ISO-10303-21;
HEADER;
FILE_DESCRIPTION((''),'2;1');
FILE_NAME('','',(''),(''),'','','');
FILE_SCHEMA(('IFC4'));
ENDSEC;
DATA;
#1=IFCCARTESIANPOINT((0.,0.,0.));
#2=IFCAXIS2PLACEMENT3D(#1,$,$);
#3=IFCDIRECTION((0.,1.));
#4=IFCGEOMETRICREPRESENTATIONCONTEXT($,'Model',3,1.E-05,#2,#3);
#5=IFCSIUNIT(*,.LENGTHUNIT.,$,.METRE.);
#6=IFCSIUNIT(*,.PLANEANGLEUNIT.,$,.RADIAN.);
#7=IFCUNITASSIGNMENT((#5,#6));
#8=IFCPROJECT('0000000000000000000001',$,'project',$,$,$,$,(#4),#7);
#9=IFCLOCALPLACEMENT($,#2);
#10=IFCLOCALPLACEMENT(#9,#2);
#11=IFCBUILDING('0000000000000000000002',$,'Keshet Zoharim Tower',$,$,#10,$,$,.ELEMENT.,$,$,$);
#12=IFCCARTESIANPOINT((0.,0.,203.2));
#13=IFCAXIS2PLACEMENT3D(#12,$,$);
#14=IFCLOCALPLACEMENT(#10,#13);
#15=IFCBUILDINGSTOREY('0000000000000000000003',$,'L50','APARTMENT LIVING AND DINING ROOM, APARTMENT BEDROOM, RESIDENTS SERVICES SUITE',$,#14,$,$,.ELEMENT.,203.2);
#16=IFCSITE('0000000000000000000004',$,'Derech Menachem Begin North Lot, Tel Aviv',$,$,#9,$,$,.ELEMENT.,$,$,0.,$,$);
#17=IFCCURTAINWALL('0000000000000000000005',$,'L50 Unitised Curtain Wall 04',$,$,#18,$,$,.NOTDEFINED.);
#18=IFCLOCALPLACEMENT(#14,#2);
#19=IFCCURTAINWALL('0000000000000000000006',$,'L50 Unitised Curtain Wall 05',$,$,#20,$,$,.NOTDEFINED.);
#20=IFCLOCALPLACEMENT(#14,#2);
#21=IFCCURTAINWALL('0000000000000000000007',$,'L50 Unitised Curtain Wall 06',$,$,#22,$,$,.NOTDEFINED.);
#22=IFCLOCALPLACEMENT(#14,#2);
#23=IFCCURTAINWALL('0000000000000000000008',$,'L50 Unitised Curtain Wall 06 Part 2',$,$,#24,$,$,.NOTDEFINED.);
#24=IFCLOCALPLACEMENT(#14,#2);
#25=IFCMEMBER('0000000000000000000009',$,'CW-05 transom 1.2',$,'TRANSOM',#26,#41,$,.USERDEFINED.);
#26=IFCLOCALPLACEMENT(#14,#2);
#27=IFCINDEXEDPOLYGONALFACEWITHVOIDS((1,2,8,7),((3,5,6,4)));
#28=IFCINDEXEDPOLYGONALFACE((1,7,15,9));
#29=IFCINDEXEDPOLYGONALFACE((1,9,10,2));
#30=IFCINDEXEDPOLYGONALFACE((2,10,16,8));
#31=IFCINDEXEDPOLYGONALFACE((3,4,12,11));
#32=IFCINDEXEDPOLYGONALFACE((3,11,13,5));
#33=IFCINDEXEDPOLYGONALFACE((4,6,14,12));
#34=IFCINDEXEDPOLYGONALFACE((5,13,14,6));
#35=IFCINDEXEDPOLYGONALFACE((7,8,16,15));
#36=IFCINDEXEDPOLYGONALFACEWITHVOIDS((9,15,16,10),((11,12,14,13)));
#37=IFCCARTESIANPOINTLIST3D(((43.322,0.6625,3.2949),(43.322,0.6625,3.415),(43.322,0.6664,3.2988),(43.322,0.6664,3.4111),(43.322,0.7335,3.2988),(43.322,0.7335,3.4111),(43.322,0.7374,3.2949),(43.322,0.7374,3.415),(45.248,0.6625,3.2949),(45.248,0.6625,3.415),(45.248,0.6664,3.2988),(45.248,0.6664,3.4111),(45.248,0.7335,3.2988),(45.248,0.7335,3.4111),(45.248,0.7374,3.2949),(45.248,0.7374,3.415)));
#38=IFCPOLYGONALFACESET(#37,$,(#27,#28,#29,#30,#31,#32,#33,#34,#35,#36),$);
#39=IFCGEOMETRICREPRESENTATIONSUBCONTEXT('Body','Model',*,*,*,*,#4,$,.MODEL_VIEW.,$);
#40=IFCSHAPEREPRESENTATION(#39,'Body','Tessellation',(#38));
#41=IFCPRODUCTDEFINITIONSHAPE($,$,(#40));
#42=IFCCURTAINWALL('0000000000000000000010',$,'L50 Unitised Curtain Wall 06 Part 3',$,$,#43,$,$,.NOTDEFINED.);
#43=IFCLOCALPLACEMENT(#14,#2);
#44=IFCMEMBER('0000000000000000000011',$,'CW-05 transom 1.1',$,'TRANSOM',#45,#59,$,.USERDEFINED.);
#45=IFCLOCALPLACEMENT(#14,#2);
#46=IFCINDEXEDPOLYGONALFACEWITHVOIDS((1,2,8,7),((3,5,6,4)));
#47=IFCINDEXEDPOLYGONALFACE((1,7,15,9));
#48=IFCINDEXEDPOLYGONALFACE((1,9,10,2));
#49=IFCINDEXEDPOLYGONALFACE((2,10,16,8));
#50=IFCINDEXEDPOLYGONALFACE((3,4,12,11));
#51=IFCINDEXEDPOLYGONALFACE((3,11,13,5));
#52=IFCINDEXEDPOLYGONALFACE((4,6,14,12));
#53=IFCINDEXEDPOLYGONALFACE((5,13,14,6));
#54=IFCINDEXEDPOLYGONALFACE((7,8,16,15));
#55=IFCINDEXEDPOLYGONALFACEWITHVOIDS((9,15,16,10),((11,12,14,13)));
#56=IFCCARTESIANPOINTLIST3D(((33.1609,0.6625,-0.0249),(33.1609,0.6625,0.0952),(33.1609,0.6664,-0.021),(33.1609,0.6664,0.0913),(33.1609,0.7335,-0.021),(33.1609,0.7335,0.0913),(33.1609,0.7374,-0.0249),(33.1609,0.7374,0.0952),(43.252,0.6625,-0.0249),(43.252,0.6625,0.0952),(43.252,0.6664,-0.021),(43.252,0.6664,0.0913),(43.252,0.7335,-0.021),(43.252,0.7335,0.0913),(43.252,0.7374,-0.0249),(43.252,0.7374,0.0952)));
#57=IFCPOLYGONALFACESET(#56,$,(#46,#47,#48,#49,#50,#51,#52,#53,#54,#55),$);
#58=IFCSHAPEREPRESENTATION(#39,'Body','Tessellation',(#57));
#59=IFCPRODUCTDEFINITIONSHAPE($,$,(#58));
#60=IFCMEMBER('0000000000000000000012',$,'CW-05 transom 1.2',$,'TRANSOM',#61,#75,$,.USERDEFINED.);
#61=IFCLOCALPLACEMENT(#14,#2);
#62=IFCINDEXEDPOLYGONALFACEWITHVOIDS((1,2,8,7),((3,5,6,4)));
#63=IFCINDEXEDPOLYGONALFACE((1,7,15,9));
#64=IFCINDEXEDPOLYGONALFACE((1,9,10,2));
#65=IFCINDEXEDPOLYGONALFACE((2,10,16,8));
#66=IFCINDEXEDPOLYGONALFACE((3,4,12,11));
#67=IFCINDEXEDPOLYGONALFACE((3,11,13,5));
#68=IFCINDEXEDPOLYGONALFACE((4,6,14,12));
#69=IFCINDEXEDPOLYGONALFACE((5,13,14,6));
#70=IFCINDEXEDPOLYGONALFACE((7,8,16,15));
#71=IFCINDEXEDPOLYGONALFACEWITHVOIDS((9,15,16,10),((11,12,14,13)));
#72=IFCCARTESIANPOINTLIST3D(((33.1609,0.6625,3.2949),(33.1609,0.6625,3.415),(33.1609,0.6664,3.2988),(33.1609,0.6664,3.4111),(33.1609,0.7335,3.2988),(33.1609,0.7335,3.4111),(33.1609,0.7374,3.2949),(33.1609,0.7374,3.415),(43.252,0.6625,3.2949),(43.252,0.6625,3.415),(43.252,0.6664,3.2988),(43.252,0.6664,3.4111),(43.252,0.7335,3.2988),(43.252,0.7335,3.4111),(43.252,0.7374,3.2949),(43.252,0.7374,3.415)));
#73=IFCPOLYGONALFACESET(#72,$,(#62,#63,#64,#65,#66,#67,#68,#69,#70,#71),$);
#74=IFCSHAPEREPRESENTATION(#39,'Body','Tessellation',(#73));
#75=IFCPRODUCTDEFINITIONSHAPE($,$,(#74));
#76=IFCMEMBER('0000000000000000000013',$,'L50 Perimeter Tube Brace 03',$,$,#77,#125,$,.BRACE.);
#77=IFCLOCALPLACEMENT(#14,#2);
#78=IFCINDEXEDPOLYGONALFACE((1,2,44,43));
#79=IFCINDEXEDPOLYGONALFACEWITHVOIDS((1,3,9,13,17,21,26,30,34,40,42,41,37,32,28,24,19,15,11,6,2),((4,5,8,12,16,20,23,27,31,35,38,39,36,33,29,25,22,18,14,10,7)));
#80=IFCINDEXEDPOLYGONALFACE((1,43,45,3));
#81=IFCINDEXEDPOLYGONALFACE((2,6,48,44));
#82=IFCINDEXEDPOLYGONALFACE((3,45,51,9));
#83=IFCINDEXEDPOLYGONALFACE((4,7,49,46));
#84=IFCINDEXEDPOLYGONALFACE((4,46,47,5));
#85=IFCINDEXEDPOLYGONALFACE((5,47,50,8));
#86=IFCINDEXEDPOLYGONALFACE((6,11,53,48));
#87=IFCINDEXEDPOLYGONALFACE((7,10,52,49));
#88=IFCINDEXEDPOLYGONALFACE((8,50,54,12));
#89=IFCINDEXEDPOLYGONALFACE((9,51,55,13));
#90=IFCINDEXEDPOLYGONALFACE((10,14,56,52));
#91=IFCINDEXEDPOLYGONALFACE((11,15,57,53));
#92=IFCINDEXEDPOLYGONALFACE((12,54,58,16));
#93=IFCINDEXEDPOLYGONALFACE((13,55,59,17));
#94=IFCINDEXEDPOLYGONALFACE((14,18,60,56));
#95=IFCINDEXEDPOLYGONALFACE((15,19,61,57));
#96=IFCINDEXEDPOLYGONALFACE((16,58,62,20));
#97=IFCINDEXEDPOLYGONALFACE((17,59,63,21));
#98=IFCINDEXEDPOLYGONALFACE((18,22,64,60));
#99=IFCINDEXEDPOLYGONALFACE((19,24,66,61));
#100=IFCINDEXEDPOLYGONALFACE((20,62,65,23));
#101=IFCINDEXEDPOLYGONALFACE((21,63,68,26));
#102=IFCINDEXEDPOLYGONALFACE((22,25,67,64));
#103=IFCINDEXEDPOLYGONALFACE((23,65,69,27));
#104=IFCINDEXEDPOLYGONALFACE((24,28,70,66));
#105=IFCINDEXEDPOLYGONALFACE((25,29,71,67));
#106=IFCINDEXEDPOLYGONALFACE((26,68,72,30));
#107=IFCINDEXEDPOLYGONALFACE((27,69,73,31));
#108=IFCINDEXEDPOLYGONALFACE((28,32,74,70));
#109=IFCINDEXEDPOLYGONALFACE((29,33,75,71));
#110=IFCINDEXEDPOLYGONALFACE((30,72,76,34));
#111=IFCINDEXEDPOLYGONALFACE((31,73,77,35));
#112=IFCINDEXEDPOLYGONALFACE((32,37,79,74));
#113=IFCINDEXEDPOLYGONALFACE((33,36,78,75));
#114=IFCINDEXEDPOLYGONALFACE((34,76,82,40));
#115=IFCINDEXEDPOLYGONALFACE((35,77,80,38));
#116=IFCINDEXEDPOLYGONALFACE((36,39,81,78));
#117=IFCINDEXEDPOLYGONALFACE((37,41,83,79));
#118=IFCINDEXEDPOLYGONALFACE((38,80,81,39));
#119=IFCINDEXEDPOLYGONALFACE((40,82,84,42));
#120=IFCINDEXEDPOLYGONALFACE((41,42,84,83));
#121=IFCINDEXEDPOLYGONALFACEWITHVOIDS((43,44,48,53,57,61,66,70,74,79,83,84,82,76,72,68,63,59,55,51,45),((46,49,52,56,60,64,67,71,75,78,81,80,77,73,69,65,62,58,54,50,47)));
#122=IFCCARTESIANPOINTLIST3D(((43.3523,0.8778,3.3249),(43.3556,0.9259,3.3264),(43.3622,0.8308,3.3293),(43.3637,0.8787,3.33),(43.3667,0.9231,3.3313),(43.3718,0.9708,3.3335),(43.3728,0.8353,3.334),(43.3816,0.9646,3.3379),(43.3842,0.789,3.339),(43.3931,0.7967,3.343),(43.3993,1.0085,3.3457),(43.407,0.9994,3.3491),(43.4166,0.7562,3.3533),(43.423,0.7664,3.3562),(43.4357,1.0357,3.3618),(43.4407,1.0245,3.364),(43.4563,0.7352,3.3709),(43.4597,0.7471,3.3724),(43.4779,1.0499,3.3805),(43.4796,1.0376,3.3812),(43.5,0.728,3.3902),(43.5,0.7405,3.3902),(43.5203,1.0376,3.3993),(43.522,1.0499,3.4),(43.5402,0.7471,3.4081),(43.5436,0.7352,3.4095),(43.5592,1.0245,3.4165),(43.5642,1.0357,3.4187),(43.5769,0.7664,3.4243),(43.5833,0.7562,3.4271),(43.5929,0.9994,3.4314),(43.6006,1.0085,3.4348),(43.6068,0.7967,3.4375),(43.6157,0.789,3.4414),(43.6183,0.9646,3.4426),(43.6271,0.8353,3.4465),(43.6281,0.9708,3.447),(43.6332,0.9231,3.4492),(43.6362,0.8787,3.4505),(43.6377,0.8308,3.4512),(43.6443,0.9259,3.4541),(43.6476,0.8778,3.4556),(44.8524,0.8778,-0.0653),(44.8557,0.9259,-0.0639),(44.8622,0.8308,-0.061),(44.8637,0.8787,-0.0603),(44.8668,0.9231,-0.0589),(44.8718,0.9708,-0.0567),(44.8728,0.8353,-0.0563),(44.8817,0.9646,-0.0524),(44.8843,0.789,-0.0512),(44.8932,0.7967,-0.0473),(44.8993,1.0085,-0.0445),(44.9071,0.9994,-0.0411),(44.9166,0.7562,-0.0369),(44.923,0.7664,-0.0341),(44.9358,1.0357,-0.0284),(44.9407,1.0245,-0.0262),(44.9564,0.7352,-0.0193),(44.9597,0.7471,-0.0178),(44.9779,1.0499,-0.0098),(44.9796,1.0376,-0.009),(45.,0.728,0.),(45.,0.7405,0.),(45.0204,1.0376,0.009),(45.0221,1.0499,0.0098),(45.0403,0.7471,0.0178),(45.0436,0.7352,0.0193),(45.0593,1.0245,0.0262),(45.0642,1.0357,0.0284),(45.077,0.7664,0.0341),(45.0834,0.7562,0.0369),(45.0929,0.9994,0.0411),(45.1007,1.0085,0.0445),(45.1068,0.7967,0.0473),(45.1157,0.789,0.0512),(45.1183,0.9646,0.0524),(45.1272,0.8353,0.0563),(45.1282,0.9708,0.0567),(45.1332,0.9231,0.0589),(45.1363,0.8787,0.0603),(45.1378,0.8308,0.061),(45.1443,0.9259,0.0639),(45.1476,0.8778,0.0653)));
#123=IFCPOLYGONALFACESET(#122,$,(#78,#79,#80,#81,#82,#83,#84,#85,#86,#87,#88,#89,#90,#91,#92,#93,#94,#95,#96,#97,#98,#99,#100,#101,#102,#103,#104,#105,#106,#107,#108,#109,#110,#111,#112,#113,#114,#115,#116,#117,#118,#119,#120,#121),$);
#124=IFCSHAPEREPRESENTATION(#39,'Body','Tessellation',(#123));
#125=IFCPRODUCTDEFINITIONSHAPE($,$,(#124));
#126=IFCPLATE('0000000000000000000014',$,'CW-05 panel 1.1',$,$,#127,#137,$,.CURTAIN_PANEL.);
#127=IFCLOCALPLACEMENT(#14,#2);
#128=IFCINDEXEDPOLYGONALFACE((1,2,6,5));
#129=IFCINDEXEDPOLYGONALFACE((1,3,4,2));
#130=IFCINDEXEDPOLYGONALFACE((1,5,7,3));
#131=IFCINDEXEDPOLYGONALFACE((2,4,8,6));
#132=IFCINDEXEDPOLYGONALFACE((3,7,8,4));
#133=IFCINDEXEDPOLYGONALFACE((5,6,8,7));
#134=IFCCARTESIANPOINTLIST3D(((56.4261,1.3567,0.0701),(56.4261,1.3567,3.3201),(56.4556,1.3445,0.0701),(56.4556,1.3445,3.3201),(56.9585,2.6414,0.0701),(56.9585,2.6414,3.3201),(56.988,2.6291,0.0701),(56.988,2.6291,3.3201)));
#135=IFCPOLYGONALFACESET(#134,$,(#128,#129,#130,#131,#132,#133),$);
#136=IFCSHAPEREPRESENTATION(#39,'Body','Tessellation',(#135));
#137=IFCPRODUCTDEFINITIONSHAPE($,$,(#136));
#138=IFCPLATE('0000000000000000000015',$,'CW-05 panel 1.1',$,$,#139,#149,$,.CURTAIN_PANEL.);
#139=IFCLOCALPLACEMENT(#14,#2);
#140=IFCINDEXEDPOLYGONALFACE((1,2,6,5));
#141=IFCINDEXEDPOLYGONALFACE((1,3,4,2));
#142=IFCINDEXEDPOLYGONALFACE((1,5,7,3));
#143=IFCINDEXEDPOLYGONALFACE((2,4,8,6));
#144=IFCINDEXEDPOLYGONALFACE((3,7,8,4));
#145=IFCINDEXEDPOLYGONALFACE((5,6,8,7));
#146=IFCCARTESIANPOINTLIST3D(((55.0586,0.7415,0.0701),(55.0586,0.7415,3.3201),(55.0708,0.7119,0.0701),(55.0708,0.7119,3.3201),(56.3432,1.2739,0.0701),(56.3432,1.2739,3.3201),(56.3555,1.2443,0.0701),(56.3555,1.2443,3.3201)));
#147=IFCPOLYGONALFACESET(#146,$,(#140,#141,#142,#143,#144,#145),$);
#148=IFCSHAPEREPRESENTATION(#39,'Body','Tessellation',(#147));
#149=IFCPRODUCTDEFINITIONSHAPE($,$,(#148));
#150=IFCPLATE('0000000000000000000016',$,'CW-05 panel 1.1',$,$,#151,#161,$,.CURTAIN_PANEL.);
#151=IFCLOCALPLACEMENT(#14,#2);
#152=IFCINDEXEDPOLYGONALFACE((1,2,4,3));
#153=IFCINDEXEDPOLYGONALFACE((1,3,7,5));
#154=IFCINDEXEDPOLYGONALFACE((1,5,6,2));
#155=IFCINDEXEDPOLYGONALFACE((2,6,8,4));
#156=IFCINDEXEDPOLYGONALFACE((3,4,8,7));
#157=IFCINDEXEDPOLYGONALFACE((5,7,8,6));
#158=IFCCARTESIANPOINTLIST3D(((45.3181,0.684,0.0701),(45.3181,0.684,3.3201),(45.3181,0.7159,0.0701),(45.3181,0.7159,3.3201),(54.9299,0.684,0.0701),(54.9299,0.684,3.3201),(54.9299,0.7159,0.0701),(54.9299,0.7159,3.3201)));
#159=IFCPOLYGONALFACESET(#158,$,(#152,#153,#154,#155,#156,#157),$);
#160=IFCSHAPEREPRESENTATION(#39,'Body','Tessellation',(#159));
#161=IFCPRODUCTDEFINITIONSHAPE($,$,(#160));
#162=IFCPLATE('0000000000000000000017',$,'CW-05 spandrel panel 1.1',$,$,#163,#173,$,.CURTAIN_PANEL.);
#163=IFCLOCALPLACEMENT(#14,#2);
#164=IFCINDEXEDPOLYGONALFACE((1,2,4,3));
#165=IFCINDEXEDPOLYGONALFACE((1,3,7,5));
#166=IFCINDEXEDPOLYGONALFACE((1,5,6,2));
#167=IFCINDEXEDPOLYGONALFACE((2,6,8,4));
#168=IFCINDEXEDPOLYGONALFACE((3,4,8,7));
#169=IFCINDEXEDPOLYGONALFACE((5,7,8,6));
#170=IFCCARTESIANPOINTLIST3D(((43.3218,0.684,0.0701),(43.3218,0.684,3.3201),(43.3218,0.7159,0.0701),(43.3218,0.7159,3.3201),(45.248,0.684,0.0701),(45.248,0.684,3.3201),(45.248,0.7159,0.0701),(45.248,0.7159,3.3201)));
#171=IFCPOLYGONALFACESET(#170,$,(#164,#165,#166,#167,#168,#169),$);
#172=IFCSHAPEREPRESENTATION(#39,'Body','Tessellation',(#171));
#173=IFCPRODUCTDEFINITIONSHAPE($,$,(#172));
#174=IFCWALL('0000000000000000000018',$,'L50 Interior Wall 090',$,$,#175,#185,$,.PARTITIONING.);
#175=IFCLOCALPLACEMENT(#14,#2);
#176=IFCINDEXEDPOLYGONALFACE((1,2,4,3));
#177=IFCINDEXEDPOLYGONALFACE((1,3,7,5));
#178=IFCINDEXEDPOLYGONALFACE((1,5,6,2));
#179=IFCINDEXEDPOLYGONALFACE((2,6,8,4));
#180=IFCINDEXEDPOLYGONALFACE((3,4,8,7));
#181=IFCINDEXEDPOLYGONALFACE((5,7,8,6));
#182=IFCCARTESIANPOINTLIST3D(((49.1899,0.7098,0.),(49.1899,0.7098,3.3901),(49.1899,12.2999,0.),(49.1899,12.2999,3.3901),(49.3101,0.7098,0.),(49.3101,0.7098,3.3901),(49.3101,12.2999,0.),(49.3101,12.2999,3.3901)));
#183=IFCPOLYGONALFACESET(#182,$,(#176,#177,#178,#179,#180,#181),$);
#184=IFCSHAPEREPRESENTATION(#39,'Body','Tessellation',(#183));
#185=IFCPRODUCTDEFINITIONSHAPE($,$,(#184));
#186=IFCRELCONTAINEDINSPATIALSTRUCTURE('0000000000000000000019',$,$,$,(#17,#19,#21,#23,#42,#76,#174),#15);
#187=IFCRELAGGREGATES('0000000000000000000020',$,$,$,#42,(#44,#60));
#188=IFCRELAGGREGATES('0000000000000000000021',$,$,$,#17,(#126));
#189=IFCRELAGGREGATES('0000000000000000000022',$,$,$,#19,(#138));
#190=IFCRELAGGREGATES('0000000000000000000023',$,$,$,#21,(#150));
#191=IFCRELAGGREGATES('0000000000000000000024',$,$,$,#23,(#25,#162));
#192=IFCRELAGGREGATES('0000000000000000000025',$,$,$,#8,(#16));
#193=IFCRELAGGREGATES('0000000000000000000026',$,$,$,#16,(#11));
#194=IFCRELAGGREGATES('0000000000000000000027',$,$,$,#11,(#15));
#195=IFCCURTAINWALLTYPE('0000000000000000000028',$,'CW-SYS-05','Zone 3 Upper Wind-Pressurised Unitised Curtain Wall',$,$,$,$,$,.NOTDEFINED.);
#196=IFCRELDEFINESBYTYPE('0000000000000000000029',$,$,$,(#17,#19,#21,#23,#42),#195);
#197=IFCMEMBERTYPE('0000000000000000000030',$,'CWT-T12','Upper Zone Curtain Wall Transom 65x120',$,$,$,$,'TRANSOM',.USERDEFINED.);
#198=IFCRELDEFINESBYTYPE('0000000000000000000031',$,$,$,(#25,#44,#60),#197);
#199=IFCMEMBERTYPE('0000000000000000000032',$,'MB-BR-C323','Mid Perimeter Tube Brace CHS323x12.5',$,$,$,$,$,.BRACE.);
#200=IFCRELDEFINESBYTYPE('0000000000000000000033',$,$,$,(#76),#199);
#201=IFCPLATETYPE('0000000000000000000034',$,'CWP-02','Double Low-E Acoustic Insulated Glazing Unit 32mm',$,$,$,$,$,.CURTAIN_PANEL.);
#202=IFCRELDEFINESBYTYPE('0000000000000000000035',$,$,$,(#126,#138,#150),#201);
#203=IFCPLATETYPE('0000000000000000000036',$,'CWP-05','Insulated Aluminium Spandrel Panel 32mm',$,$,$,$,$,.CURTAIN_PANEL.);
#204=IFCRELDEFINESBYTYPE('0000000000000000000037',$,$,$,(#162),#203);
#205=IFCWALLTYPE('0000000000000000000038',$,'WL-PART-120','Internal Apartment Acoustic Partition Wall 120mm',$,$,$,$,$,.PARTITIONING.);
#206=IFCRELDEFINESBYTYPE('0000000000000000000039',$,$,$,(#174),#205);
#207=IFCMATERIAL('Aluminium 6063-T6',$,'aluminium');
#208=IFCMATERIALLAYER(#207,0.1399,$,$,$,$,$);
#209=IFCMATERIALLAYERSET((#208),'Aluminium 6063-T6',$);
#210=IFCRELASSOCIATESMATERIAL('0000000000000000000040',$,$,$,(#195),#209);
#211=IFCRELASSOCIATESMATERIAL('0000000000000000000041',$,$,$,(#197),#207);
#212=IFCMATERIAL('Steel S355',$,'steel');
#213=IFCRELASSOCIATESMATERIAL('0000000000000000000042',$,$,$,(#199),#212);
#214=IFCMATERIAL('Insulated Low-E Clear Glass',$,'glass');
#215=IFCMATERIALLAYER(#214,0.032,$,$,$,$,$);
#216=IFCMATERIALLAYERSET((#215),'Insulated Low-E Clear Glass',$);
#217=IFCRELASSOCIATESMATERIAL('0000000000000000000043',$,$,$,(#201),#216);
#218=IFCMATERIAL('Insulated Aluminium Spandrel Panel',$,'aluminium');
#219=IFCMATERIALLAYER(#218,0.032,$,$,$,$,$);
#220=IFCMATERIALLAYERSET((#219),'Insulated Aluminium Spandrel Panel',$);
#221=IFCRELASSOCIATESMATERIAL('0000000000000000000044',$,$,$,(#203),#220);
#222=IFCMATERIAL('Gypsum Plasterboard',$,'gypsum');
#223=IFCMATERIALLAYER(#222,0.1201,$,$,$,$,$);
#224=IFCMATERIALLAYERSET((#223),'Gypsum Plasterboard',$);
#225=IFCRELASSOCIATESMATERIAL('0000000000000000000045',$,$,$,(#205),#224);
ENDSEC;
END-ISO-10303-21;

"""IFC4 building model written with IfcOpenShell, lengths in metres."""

from ifc_helpers import new_model, si_unit, direction, frame, frame_2d, origin, origin_2d, place, context, subcontext, project, spatial, rectangle, hollow_rectangle, hollow_circle, extrude, material, layer, layer_set, material_profile, profile_set, type_object, element, aggregate, save


model = new_model("IFC4")

# Units and contexts
model_context = context("Model", 3, precision=1e-05, world=origin(), true_north=direction((0.0, 1.0)))
body_context = subcontext(model_context, "Body", "Model", "MODEL_VIEW")
ifc_project = project(units=[si_unit("LENGTHUNIT", "METRE"), si_unit("PLANEANGLEUNIT", "RADIAN")], contexts=[model_context])

# Site, building, storey
site_placement = place(None, origin())
site = spatial("IfcSite", under=ifc_project, at=site_placement, Name="Derech Menachem Begin North Lot, Tel Aviv", CompositionType="ELEMENT", RefElevation=0.0)
building_placement = place(site_placement, origin())
building = spatial("IfcBuilding", under=site, at=building_placement, Name="Keshet Zoharim Tower", CompositionType="ELEMENT")
storey_placement = place(building_placement, frame((0.0, 0.0, 203.2)))
storey = spatial("IfcBuildingStorey", under=building, at=storey_placement, Name="L50", Description="APARTMENT LIVING AND DINING ROOM, APARTMENT BEDROOM, RESIDENTS SERVICES SUITE", CompositionType="ELEMENT", Elevation=203.2)

# Shared definitions
ifc_material_1 = material(Name="Steel S355", Category="steel")

# Curtain walls
ifc_material_2 = material(Name="Aluminium 6063-T6", Category="aluminium")
ifc_layer_1 = layer(ifc_material_2, 0.1399)
ifc_layer_set_1 = layer_set([ifc_layer_1], Name="Aluminium 6063-T6")
curtain_wall_type = type_object("IfcCurtainWallType", Name="CW-SYS-05", Description="Zone 3 Upper Wind-Pressurised Unitised Curtain Wall", PredefinedType="NOTDEFINED", material=ifc_layer_set_1)
curtain_wall_1_placement = place(storey_placement, origin())
curtain_wall_1 = element("IfcCurtainWall", 1, at=curtain_wall_1_placement, inside=storey, type_object=curtain_wall_type, Name="L50 Unitised Curtain Wall 04", PredefinedType="NOTDEFINED")
curtain_wall_2_placement = place(storey_placement, origin())
curtain_wall_2 = element("IfcCurtainWall", 2, at=curtain_wall_2_placement, inside=storey, type_object=curtain_wall_type, Name="L50 Unitised Curtain Wall 05", PredefinedType="NOTDEFINED")
curtain_wall_3_placement = place(storey_placement, origin())
curtain_wall_3 = element("IfcCurtainWall", 3, at=curtain_wall_3_placement, inside=storey, type_object=curtain_wall_type, Name="L50 Unitised Curtain Wall 06", PredefinedType="NOTDEFINED")

# Curtain wall
curtain_wall_4_placement = place(storey_placement, origin())
curtain_wall_4 = element("IfcCurtainWall", 4, at=curtain_wall_4_placement, inside=storey, type_object=curtain_wall_type, Name="L50 Unitised Curtain Wall 06 Part 2", PredefinedType="NOTDEFINED")

# Member
ifc_material_profile_1 = material_profile(ifc_material_2, hollow_rectangle(XDim=0.075, YDim=0.1201, WallThickness=0.0039, at=origin_2d()), Name="TRN-75x120")
ifc_profile_set_1 = profile_set([ifc_material_profile_1], Name="Aluminium 6063-T6")
member_type_1 = type_object("IfcMemberType", Name="CWT-T12", Description="Upper Zone Curtain Wall Transom 65x120", ElementType="TRANSOM", PredefinedType="USERDEFINED", material=ifc_profile_set_1)
member_1_placement = place(storey_placement, frame((45.248, 0.7, 3.355), z_axis=(-1.0, 0.0, 0.0), x_axis=(0.0, -1.0, 0.0)))
member_1 = element("IfcMember", 5, at=member_1_placement, type_object=member_type_1, Name="CW-05 transom 1.2", ObjectType="TRANSOM", PredefinedType="USERDEFINED", context=body_context, shape_type="SweptSolid", body=[
    extrude(hollow_rectangle(XDim=0.075, YDim=0.1201, WallThickness=0.0039, at=origin_2d()), origin(), (0.0, 0.0, 1.0), 1.926),
])

# Curtain wall, members
curtain_wall_5_placement = place(storey_placement, origin())
curtain_wall_5 = element("IfcCurtainWall", 6, at=curtain_wall_5_placement, inside=storey, type_object=curtain_wall_type, Name="L50 Unitised Curtain Wall 06 Part 3", PredefinedType="NOTDEFINED")
member_2_placement = place(storey_placement, frame((43.252, 0.7, 0.0352), z_axis=(-1.0, 0.0, 0.0), x_axis=(0.0, -1.0, 0.0)))
member_2 = element("IfcMember", 7, at=member_2_placement, type_object=member_type_1, Name="CW-05 transom 1.1", ObjectType="TRANSOM", PredefinedType="USERDEFINED", context=body_context, shape_type="SweptSolid", body=[
    extrude(hollow_rectangle(XDim=0.075, YDim=0.1201, WallThickness=0.0039, at=origin_2d()), origin(), (0.0, 0.0, 1.0), 10.0911),
])
member_3_placement = place(storey_placement, frame((43.252, 0.7, 3.355), z_axis=(-1.0, 0.0, 0.0), x_axis=(0.0, -1.0, 0.0)))
member_3 = element("IfcMember", 8, at=member_3_placement, type_object=member_type_1, Name="CW-05 transom 1.2", ObjectType="TRANSOM", PredefinedType="USERDEFINED", context=body_context, shape_type="SweptSolid", body=[
    extrude(hollow_rectangle(XDim=0.075, YDim=0.1201, WallThickness=0.0039, at=origin_2d()), origin(), (0.0, 0.0, 1.0), 10.0911),
])
aggregate(curtain_wall_5, [member_2, member_3])

# Member
ifc_material_profile_2 = material_profile(ifc_material_1, hollow_circle(Radius=0.1619, WallThickness=0.0125, at=origin_2d()), Name="CHS323x12.5")
ifc_profile_set_2 = profile_set([ifc_material_profile_2], Name="Steel S355")
member_type_2 = type_object("IfcMemberType", Name="MB-BR-C323", Description="Mid Perimeter Tube Brace CHS323x12.5", PredefinedType="BRACE", material=ifc_profile_set_2)
member_4_placement = place(storey_placement, frame((45.0, 0.8899, 0.0), z_axis=(-0.404623, 0.0, 0.914484), x_axis=(0.0, -1.0, 0.0)))
element("IfcMember", 9, at=member_4_placement, inside=storey, type_object=member_type_2, Name="L50 Perimeter Tube Brace 03", PredefinedType="BRACE", context=body_context, shape_type="SweptSolid", body=[
    extrude(hollow_circle(Radius=0.1619, WallThickness=0.0125, at=origin_2d()), origin(), (0.0, 0.0, 1.0), 3.7073),
])

# Plates
ifc_material_3 = material(Name="Insulated Low-E Clear Glass", Category="glass")
ifc_layer_2 = layer(ifc_material_3, 0.032)
ifc_layer_set_2 = layer_set([ifc_layer_2], Name="Insulated Low-E Clear Glass")
plate_type_1 = type_object("IfcPlateType", Name="CWP-02", Description="Double Low-E Acoustic Insulated Glazing Unit 32mm", PredefinedType="CURTAIN_PANEL", material=ifc_layer_set_2)
plate_1_placement = place(storey_placement, frame((56.707, 1.9929, 0.0701), z_axis=(0.0, 0.0, 1.0), x_axis=(-0.382852, -0.92381, 0.0)))
plate_1 = element("IfcPlate", 10, at=plate_1_placement, type_object=plate_type_1, Name="CW-05 panel 1.1", PredefinedType="CURTAIN_PANEL", context=body_context, shape_type="SweptSolid", body=[
    extrude(rectangle(XDim=1.3906, YDim=0.032, at=origin_2d()), origin(), (0.0, 0.0, 1.0), 3.25),
])
aggregate(curtain_wall_1, [plate_1])
plate_2_placement = place(storey_placement, frame((55.707, 0.9929, 0.0701), z_axis=(0.0, 0.0, 1.0), x_axis=(-0.92381, -0.382852, 0.0)))
plate_2 = element("IfcPlate", 11, at=plate_2_placement, type_object=plate_type_1, Name="CW-05 panel 1.1", PredefinedType="CURTAIN_PANEL", context=body_context, shape_type="SweptSolid", body=[
    extrude(rectangle(XDim=1.3906, YDim=0.032, at=origin_2d()), origin(), (0.0, 0.0, 1.0), 3.25),
])
aggregate(curtain_wall_2, [plate_2])
plate_3_placement = place(storey_placement, frame((50.124, 0.7, 0.0701), z_axis=(0.0, 0.0, 1.0), x_axis=(-1.0, 0.0, 0.0)))
plate_3 = element("IfcPlate", 12, at=plate_3_placement, type_object=plate_type_1, Name="CW-05 panel 1.1", PredefinedType="CURTAIN_PANEL", context=body_context, shape_type="SweptSolid", body=[
    extrude(rectangle(XDim=9.6118, YDim=0.032, at=origin_2d()), origin(), (0.0, 0.0, 1.0), 3.25),
])
aggregate(curtain_wall_3, [plate_3])
ifc_material_4 = material(Name="Insulated Aluminium Spandrel Panel", Category="aluminium")
ifc_layer_3 = layer(ifc_material_4, 0.032)
ifc_layer_set_3 = layer_set([ifc_layer_3], Name="Insulated Aluminium Spandrel Panel")
plate_type_2 = type_object("IfcPlateType", Name="CWP-05", Description="Insulated Aluminium Spandrel Panel 32mm", PredefinedType="CURTAIN_PANEL", material=ifc_layer_set_3)
plate_4_placement = place(storey_placement, frame((44.2849, 0.7, 0.0701), z_axis=(0.0, 0.0, 1.0), x_axis=(-1.0, 0.0, 0.0)))
plate_4 = element("IfcPlate", 13, at=plate_4_placement, type_object=plate_type_2, Name="CW-05 spandrel panel 1.1", PredefinedType="CURTAIN_PANEL", context=body_context, shape_type="SweptSolid", body=[
    extrude(rectangle(XDim=1.9263, YDim=0.032, at=origin_2d()), origin(), (0.0, 0.0, 1.0), 3.25),
])
aggregate(curtain_wall_4, [member_1, plate_4])

# Wall
ifc_material_5 = material(Name="Gypsum Plasterboard", Category="gypsum")
ifc_layer_4 = layer(ifc_material_5, 0.1201)
ifc_layer_set_4 = layer_set([ifc_layer_4], Name="Gypsum Plasterboard")
wall_type = type_object("IfcWallType", Name="WL-PART-120", Description="Internal Apartment Acoustic Partition Wall 120mm", PredefinedType="PARTITIONING", material=ifc_layer_set_4)
wall_1_placement = place(storey_placement, frame((49.25, 0.71, 0.0), z_axis=(0.0, 0.0, 1.0), x_axis=(0.0, 1.0, 0.0)))
element("IfcWall", 14, at=wall_1_placement, inside=storey, type_object=wall_type, Name="L50 Interior Wall 090", PredefinedType="PARTITIONING", context=body_context, shape_type="SweptSolid", body=[
    extrude(rectangle(XDim=11.5901, YDim=0.1201, at=frame_2d((5.7949, 0.0))), origin(), (0.0, 0.0, 1.0), 3.3901),
])

save(model, "model.ifc")
